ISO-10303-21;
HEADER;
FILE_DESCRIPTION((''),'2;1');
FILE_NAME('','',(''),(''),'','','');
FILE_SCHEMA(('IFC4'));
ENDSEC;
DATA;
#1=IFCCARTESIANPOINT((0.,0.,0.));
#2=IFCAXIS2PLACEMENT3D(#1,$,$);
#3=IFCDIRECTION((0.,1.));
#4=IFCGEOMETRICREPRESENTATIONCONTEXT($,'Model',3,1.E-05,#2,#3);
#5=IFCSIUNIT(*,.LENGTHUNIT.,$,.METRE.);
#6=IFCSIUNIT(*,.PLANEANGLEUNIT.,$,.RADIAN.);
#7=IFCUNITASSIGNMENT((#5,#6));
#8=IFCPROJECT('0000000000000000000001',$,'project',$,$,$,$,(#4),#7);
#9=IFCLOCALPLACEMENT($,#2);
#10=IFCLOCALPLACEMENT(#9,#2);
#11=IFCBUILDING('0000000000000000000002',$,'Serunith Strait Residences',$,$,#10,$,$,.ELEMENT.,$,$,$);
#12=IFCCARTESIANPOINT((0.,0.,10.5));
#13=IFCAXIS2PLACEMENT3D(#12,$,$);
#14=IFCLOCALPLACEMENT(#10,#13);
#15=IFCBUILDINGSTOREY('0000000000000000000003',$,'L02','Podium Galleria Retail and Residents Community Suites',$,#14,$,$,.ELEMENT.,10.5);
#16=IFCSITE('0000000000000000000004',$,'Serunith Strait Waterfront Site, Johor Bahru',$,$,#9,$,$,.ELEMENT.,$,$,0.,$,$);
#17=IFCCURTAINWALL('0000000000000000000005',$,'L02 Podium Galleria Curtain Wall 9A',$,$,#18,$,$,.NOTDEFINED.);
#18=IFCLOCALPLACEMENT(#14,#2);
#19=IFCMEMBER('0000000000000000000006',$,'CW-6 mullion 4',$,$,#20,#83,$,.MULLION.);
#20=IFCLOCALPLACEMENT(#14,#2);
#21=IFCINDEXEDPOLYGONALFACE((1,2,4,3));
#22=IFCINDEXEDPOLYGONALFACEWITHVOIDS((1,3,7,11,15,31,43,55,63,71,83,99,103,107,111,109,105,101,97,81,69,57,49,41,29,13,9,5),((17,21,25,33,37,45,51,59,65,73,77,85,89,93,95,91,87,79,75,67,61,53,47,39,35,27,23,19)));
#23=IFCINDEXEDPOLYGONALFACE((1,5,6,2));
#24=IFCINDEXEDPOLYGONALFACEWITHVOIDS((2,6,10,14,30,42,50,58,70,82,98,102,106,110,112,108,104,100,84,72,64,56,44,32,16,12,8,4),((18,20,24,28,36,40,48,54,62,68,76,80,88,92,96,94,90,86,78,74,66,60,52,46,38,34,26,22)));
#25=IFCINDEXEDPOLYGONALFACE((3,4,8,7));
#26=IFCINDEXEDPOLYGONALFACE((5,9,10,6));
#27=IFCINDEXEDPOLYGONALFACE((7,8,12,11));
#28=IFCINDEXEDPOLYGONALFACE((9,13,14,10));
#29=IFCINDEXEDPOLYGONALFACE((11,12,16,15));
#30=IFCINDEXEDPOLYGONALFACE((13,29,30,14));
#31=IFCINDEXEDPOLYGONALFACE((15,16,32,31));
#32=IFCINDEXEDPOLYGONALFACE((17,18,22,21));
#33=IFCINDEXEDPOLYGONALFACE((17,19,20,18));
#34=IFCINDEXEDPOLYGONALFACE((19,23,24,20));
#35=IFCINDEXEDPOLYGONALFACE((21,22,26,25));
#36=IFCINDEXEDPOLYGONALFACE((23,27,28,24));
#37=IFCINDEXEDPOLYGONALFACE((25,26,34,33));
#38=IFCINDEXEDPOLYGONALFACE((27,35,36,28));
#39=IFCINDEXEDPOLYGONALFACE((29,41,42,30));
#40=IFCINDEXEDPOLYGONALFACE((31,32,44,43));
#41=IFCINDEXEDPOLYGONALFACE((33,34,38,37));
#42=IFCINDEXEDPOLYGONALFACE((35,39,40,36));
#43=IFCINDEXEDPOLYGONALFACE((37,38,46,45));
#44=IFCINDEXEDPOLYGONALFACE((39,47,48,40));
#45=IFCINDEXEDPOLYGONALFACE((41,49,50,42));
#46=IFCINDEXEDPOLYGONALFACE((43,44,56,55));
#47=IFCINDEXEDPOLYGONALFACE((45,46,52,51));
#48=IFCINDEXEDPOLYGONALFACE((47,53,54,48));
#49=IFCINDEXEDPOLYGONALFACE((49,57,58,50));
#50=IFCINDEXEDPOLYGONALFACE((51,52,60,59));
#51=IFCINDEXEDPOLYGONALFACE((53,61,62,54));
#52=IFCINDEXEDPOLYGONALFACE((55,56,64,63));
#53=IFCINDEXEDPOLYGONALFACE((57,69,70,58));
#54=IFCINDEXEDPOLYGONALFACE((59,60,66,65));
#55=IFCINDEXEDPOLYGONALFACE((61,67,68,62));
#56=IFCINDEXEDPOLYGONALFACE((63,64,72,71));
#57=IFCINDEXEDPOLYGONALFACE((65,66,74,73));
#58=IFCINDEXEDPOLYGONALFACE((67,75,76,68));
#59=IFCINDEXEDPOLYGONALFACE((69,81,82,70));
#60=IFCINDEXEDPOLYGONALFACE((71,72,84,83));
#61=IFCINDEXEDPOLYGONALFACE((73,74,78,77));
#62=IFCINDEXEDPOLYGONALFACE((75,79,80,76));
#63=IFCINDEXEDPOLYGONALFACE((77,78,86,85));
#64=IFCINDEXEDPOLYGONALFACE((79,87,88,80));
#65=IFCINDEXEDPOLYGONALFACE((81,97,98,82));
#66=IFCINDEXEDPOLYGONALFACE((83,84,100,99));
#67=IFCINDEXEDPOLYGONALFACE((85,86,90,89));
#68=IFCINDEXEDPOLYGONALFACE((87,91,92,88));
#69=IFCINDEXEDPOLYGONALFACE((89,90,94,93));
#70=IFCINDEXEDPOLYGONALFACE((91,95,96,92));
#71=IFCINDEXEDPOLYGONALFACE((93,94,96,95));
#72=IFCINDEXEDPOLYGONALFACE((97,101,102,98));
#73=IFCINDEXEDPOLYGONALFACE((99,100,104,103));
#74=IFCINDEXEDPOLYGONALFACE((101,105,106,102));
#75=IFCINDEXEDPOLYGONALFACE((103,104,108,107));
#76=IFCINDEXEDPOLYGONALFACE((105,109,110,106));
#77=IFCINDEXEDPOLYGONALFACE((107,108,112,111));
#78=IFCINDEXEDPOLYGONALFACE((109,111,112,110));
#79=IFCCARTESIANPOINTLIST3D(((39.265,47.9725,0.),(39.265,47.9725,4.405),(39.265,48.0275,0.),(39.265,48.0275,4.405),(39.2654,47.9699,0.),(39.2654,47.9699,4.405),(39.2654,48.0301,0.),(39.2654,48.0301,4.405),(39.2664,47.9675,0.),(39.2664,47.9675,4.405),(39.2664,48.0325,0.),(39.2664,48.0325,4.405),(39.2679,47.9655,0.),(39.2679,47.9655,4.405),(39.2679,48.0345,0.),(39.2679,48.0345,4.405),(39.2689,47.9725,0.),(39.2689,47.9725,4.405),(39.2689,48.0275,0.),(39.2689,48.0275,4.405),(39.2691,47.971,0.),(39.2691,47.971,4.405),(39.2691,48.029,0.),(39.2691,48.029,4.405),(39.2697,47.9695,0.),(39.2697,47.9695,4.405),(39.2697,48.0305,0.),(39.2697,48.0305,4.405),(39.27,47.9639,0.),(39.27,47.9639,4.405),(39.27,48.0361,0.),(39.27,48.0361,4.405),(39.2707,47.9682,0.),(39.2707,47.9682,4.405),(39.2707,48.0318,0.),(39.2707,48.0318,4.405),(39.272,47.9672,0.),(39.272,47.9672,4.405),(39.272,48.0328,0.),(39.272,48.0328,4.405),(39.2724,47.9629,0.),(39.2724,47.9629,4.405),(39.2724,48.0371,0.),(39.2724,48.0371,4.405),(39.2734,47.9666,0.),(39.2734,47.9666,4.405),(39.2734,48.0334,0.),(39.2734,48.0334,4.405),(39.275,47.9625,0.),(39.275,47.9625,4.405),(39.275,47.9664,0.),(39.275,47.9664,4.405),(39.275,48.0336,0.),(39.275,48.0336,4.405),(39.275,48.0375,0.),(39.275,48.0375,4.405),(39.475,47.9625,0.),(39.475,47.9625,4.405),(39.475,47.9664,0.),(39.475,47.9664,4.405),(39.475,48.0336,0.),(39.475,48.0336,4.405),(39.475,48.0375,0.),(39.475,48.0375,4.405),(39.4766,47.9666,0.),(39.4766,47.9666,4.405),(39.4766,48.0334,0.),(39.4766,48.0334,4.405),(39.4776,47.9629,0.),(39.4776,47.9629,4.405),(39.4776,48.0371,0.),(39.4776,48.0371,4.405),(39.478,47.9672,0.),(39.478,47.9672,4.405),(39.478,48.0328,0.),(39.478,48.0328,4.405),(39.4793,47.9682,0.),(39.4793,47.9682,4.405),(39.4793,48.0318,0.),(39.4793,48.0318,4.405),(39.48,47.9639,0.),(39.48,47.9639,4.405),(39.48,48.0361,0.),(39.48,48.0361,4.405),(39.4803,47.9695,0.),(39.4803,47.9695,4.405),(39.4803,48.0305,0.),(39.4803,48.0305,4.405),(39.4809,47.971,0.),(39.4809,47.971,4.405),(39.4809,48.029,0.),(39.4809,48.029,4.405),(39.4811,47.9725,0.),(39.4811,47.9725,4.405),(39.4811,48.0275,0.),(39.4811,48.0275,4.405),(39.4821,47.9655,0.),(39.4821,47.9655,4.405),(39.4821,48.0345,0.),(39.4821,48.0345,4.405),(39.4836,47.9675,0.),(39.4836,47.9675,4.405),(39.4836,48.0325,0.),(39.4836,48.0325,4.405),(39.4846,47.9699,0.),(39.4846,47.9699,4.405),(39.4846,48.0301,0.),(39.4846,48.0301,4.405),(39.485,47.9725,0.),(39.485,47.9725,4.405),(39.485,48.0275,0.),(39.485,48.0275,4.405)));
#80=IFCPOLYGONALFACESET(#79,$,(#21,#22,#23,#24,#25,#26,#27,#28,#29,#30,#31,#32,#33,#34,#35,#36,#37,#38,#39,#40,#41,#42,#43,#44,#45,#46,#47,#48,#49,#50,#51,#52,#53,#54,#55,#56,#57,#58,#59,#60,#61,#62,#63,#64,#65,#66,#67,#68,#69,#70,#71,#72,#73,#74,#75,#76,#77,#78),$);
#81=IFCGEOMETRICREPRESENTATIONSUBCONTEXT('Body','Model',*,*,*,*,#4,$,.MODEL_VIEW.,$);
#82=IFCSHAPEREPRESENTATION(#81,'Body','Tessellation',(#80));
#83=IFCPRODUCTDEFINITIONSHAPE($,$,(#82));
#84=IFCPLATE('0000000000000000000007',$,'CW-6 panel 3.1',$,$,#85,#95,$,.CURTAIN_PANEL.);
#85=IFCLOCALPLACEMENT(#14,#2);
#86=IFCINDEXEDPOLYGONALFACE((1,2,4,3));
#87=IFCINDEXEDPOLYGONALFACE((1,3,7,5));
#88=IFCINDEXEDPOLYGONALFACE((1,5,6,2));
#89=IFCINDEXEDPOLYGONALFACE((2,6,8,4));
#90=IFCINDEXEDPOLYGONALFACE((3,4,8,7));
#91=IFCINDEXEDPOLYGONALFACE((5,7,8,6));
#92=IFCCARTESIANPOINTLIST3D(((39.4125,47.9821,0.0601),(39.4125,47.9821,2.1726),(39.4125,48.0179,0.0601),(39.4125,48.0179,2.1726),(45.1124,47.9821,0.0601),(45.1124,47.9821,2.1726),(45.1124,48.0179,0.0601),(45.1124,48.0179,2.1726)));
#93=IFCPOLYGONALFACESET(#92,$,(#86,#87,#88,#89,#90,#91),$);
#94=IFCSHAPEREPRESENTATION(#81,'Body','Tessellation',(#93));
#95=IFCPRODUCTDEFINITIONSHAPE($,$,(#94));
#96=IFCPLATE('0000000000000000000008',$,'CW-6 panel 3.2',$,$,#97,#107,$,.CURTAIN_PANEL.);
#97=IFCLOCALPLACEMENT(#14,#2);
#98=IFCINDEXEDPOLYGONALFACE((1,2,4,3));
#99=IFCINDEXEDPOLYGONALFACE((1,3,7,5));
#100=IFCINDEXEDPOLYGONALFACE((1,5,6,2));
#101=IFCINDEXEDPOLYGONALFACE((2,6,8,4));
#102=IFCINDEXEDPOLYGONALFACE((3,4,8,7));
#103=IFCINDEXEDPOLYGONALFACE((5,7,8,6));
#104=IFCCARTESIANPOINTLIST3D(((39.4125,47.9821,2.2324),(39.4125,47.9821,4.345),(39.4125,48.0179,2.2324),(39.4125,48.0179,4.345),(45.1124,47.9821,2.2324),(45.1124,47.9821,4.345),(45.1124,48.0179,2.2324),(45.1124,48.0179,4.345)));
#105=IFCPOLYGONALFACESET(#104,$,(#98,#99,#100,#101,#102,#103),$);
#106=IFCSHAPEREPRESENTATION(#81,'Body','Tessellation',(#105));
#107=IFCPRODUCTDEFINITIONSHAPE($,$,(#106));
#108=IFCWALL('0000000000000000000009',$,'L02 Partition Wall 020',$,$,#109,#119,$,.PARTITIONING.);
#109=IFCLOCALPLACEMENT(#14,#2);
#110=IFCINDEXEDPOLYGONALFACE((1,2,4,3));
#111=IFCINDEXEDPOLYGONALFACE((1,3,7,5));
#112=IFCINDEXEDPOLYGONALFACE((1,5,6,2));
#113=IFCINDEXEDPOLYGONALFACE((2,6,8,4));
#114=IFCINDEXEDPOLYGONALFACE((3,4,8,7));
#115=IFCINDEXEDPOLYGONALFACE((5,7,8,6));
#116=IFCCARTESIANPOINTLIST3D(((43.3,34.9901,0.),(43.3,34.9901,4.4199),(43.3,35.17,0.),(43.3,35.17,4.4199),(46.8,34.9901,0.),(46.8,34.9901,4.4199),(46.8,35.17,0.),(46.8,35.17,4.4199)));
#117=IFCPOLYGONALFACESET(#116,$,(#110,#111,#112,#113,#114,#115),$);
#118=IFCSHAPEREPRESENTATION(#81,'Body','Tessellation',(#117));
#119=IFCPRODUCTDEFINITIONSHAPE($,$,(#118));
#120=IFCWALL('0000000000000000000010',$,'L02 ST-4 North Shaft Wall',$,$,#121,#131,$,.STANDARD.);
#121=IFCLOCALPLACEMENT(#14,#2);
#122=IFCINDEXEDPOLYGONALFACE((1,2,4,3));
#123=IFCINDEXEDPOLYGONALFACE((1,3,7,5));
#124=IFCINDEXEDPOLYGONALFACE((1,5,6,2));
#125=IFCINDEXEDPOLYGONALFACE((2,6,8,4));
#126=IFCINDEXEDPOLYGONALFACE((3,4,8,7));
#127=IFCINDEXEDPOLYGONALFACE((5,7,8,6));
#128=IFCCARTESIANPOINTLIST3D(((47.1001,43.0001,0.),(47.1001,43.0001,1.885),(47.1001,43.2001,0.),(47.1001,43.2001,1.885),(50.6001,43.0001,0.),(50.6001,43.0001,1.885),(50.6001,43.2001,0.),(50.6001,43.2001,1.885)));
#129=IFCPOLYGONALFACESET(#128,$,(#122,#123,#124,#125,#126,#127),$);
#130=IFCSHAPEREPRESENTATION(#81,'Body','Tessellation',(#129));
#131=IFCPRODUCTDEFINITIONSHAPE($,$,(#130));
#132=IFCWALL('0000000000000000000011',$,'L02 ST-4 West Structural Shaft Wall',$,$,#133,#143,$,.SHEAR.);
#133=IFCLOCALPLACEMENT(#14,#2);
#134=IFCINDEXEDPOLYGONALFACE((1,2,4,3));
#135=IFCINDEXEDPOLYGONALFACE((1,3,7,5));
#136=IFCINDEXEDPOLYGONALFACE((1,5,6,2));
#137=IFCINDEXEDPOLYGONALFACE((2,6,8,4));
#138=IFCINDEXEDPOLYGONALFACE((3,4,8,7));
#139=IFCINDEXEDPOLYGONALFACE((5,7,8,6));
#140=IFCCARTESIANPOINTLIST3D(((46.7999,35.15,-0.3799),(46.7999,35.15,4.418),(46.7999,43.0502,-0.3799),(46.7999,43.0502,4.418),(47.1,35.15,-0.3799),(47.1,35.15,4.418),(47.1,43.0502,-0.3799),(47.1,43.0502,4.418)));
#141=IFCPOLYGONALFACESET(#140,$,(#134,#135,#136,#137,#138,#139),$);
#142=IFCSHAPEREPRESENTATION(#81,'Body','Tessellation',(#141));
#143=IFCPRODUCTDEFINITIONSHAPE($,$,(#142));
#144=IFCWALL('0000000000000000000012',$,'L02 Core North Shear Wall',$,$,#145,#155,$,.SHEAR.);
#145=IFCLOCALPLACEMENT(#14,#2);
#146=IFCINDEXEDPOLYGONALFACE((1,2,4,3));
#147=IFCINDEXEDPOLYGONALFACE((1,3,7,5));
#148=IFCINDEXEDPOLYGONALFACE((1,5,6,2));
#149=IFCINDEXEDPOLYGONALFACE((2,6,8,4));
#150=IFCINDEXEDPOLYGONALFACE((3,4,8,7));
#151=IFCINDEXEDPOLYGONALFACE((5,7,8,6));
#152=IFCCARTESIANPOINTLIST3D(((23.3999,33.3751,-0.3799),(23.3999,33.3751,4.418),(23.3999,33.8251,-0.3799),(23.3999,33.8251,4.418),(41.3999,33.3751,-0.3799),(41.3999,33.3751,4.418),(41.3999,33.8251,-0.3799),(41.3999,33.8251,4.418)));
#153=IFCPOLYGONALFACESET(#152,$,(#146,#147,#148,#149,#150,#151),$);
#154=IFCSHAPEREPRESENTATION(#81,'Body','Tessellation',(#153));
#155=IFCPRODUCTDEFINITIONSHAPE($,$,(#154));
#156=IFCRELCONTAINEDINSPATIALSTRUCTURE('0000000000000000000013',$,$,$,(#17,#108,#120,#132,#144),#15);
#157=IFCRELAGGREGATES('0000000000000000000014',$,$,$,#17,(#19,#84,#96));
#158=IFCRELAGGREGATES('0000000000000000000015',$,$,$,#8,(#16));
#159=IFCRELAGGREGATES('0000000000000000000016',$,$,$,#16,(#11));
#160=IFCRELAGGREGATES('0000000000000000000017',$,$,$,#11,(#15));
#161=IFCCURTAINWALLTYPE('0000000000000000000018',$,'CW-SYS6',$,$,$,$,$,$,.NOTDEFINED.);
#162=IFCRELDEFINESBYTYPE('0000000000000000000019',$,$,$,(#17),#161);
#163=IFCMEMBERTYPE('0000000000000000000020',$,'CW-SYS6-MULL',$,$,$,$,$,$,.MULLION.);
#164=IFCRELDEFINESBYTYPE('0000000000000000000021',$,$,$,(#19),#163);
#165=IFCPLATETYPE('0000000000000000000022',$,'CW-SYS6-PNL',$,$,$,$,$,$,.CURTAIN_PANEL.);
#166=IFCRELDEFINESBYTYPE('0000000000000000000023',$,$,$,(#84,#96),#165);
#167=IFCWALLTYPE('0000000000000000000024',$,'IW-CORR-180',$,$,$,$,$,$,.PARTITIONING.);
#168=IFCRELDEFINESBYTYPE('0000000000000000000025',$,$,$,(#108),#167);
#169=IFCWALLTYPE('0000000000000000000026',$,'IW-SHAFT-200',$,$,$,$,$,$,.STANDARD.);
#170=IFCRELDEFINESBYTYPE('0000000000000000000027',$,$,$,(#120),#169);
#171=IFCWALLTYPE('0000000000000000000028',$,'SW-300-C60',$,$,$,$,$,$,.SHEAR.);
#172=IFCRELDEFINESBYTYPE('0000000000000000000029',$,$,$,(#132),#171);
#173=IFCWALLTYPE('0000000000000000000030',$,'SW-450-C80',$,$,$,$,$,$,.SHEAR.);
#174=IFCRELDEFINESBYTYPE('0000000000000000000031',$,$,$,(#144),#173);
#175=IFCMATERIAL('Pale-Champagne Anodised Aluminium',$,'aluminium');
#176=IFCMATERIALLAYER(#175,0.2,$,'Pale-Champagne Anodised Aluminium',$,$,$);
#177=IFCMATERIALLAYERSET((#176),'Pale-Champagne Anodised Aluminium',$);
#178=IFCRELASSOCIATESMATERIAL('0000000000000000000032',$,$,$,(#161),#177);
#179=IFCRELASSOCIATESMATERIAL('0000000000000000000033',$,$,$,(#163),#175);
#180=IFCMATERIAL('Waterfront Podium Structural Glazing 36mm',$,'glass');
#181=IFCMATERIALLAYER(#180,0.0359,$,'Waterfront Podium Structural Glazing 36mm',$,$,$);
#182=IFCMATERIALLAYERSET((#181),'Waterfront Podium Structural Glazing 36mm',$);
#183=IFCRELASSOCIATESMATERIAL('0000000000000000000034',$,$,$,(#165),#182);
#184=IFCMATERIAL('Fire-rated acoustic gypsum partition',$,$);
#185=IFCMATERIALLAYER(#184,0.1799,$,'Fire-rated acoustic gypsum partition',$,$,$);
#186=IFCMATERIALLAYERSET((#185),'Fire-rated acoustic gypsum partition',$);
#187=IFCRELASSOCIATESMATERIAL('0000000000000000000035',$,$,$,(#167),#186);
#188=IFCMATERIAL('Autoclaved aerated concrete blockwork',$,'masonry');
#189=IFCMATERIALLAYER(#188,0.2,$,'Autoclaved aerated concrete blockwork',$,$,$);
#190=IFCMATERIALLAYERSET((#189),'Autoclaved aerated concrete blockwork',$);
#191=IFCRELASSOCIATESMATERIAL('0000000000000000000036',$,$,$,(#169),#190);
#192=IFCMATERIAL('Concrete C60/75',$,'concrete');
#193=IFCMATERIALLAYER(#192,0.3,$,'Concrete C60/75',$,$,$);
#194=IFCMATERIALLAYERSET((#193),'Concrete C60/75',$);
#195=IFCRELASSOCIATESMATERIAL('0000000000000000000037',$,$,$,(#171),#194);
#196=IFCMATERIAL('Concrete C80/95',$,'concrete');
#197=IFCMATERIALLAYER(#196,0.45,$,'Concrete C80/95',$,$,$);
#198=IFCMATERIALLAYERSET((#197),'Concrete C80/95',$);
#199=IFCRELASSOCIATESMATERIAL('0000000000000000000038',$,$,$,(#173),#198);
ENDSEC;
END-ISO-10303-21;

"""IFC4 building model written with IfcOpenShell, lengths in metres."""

from ifc_helpers import new_model, si_unit, direction, frame, frame_2d, origin, origin_2d, place, context, subcontext, project, spatial, rectangle, hollow_rectangle, extrude, source, transform, mapped, material, layer, layer_set, material_profile, profile_set, type_object, element, aggregate, save


model = new_model("IFC4")

# Units and contexts
model_context = context("Model", 3, precision=1e-05, world=origin(), true_north=direction((0.0, 1.0)))
body_context = subcontext(model_context, "Body", "Model", "MODEL_VIEW")
ifc_project = project(units=[si_unit("LENGTHUNIT", "METRE"), si_unit("PLANEANGLEUNIT", "RADIAN")], contexts=[model_context])

# Site, building, storey
site_placement = place(None, origin())
site = spatial("IfcSite", under=ifc_project, at=site_placement, Name="Serunith Strait Waterfront Site, Johor Bahru", CompositionType="ELEMENT", RefElevation=0.0)
building_placement = place(site_placement, origin())
building = spatial("IfcBuilding", under=site, at=building_placement, Name="Serunith Strait Residences", CompositionType="ELEMENT")
storey_placement = place(building_placement, frame((0.0, 0.0, 10.5)))
storey = spatial("IfcBuildingStorey", under=building, at=storey_placement, Name="L02", Description="Podium Galleria Retail and Residents Community Suites", CompositionType="ELEMENT", Elevation=10.5)

# Shared definitions
ifc_material_1 = material(Name="Concrete C60/75", Category="concrete")

# Curtain wall, member, plates
ifc_material_2 = material(Name="Pale-Champagne Anodised Aluminium", Category="aluminium")
ifc_layer_1 = layer(ifc_material_2, 0.2, Name="Pale-Champagne Anodised Aluminium")
ifc_layer_set_1 = layer_set([ifc_layer_1], Name="Pale-Champagne Anodised Aluminium")
curtain_wall_type = type_object("IfcCurtainWallType", Name="CW-SYS6", PredefinedType="NOTDEFINED", material=ifc_layer_set_1)
curtain_wall_placement = place(storey_placement, origin())
curtain_wall = element("IfcCurtainWall", 1, at=curtain_wall_placement, inside=storey, type_object=curtain_wall_type, Name="L02 Podium Galleria Curtain Wall 9A", PredefinedType="NOTDEFINED")
ifc_material_profile_1 = material_profile(ifc_material_2, hollow_rectangle(XDim=0.075, YDim=0.22, WallThickness=0.0039, InnerFilletRadius=0.0061, OuterFilletRadius=0.01, at=origin_2d()), Name="ALU 220x75x4")
ifc_profile_set_1 = profile_set([ifc_material_profile_1], Name="Pale-Champagne Anodised Aluminium")
member_type_1 = type_object("IfcMemberType", Name="CW-SYS6-MULL", PredefinedType="MULLION", material=ifc_profile_set_1)
shared_shape_1 = source(origin(), body_context, "Body", "SweptSolid", [
    extrude(hollow_rectangle(XDim=0.075, YDim=0.22, WallThickness=0.0039, InnerFilletRadius=0.0061, OuterFilletRadius=0.01, at=origin_2d()), origin(), (0.0, 0.0, 1.0), 4.405),
])
member_1_placement = place(storey_placement, frame((39.375, 48.0, 0.0), z_axis=(0.0, 0.0, 1.0), x_axis=(0.0, -1.0, 0.0)))
member_1 = element("IfcMember", 2, at=member_1_placement, type_object=member_type_1, Name="CW-6 mullion 4", PredefinedType="MULLION", context=body_context, shape_type="MappedRepresentation", body=[
    mapped(shared_shape_1, transform((0.0, 0.0, 0.0), scale=1.0)),
])
ifc_material_3 = material(Name="Waterfront Podium Structural Glazing 36mm", Category="glass")
ifc_layer_2 = layer(ifc_material_3, 0.0359, Name="Waterfront Podium Structural Glazing 36mm")
ifc_layer_set_2 = layer_set([ifc_layer_2], Name="Waterfront Podium Structural Glazing 36mm")
plate_type = type_object("IfcPlateType", Name="CW-SYS6-PNL", PredefinedType="CURTAIN_PANEL", material=ifc_layer_set_2)
shared_shape_2 = source(origin(), body_context, "Body", "SweptSolid", [
    extrude(rectangle(XDim=5.7, YDim=0.0359, at=origin_2d()), origin(), (0.0, 0.0, 1.0), 2.1125),
])
plate_1_placement = place(storey_placement, frame((42.2625, 48.0, 0.0601), z_axis=(0.0, 0.0, 1.0), x_axis=(-1.0, 0.0, 0.0)))
plate_1 = element("IfcPlate", 3, at=plate_1_placement, type_object=plate_type, Name="CW-6 panel 3.1", PredefinedType="CURTAIN_PANEL", context=body_context, shape_type="MappedRepresentation", body=[
    mapped(shared_shape_2, transform((0.0, 0.0, 0.0), scale=1.0)),
])
plate_2_placement = place(storey_placement, frame((42.2625, 48.0, 2.2324), z_axis=(0.0, 0.0, 1.0), x_axis=(-1.0, 0.0, 0.0)))
plate_2 = element("IfcPlate", 4, at=plate_2_placement, type_object=plate_type, Name="CW-6 panel 3.2", PredefinedType="CURTAIN_PANEL", context=body_context, shape_type="MappedRepresentation", body=[
    mapped(shared_shape_2, transform((0.0, 0.0, 0.0), scale=1.0)),
])
aggregate(curtain_wall, [member_1, plate_1, plate_2])

# Wall
ifc_material_4 = material(Name="Fire-rated acoustic gypsum partition")
ifc_layer_3 = layer(ifc_material_4, 0.1799, Name="Fire-rated acoustic gypsum partition")
ifc_layer_set_3 = layer_set([ifc_layer_3], Name="Fire-rated acoustic gypsum partition")
wall_type_1 = type_object("IfcWallType", Name="IW-CORR-180", PredefinedType="PARTITIONING", material=ifc_layer_set_3)
wall_1_placement = place(storey_placement, frame((43.3, 35.0801, 0.0), z_axis=(0.0, 0.0, 1.0), x_axis=(1.0, 0.0, 0.0)))
element("IfcWall", 5, at=wall_1_placement, inside=storey, type_object=wall_type_1, Name="L02 Partition Wall 020", PredefinedType="PARTITIONING", context=body_context, shape_type="SweptSolid", body=[
    extrude(rectangle(XDim=3.5, YDim=0.1799, at=frame_2d((1.75, 0.0))), origin(), (0.0, 0.0, 1.0), 4.4199),
])

# Shared definitions
ifc_material_5 = material(Name="Autoclaved aerated concrete blockwork", Category="masonry")
ifc_layer_4 = layer(ifc_material_5, 0.2, Name="Autoclaved aerated concrete blockwork")
ifc_layer_set_4 = layer_set([ifc_layer_4], Name="Autoclaved aerated concrete blockwork")
wall_type_2 = type_object("IfcWallType", Name="IW-SHAFT-200", PredefinedType="STANDARD", material=ifc_layer_set_4)

# Walls
wall_2_placement = place(storey_placement, frame((47.1001, 43.1001, 0.0), z_axis=(0.0, 0.0, 1.0), x_axis=(1.0, 0.0, 0.0)))
element("IfcWall", 6, at=wall_2_placement, inside=storey, type_object=wall_type_2, Name="L02 ST-4 North Shaft Wall", PredefinedType="STANDARD", context=body_context, shape_type="SweptSolid", body=[
    extrude(rectangle(XDim=3.5, YDim=0.2, at=frame_2d((1.75, 0.0))), origin(), (0.0, 0.0, 1.0), 1.885),
])
ifc_layer_5 = layer(ifc_material_1, 0.3, Name="Concrete C60/75")
ifc_layer_set_5 = layer_set([ifc_layer_5], Name="Concrete C60/75")
wall_type_3 = type_object("IfcWallType", Name="SW-300-C60", PredefinedType="SHEAR", material=ifc_layer_set_5)
wall_3_placement = place(storey_placement, frame((46.95, 35.1499, -0.3799), z_axis=(0.0, 0.0, 1.0), x_axis=(0.0, 1.0, 0.0)))
element("IfcWall", 7, at=wall_3_placement, inside=storey, type_object=wall_type_3, Name="L02 ST-4 West Structural Shaft Wall", PredefinedType="SHEAR", context=body_context, shape_type="SweptSolid", body=[
    extrude(rectangle(XDim=7.9001, YDim=0.3, at=frame_2d((3.9502, 0.0))), origin(), (0.0, 0.0, 1.0), 4.7979),
])
ifc_material_6 = material(Name="Concrete C80/95", Category="concrete")
ifc_layer_6 = layer(ifc_material_6, 0.45, Name="Concrete C80/95")
ifc_layer_set_6 = layer_set([ifc_layer_6], Name="Concrete C80/95")
wall_type_4 = type_object("IfcWallType", Name="SW-450-C80", PredefinedType="SHEAR", material=ifc_layer_set_6)
wall_4_placement = place(storey_placement, frame((41.3999, 33.6001, -0.3799), z_axis=(0.0, 0.0, 1.0), x_axis=(-1.0, 0.0, 0.0)))
element("IfcWall", 8, at=wall_4_placement, inside=storey, type_object=wall_type_4, Name="L02 Core North Shear Wall", PredefinedType="SHEAR", context=body_context, shape_type="SweptSolid", body=[
    extrude(rectangle(XDim=18.0, YDim=0.45, at=frame_2d((9.0, 0.0))), origin(), (0.0, 0.0, 1.0), 4.7979),
])

save(model, "model.ifc")
